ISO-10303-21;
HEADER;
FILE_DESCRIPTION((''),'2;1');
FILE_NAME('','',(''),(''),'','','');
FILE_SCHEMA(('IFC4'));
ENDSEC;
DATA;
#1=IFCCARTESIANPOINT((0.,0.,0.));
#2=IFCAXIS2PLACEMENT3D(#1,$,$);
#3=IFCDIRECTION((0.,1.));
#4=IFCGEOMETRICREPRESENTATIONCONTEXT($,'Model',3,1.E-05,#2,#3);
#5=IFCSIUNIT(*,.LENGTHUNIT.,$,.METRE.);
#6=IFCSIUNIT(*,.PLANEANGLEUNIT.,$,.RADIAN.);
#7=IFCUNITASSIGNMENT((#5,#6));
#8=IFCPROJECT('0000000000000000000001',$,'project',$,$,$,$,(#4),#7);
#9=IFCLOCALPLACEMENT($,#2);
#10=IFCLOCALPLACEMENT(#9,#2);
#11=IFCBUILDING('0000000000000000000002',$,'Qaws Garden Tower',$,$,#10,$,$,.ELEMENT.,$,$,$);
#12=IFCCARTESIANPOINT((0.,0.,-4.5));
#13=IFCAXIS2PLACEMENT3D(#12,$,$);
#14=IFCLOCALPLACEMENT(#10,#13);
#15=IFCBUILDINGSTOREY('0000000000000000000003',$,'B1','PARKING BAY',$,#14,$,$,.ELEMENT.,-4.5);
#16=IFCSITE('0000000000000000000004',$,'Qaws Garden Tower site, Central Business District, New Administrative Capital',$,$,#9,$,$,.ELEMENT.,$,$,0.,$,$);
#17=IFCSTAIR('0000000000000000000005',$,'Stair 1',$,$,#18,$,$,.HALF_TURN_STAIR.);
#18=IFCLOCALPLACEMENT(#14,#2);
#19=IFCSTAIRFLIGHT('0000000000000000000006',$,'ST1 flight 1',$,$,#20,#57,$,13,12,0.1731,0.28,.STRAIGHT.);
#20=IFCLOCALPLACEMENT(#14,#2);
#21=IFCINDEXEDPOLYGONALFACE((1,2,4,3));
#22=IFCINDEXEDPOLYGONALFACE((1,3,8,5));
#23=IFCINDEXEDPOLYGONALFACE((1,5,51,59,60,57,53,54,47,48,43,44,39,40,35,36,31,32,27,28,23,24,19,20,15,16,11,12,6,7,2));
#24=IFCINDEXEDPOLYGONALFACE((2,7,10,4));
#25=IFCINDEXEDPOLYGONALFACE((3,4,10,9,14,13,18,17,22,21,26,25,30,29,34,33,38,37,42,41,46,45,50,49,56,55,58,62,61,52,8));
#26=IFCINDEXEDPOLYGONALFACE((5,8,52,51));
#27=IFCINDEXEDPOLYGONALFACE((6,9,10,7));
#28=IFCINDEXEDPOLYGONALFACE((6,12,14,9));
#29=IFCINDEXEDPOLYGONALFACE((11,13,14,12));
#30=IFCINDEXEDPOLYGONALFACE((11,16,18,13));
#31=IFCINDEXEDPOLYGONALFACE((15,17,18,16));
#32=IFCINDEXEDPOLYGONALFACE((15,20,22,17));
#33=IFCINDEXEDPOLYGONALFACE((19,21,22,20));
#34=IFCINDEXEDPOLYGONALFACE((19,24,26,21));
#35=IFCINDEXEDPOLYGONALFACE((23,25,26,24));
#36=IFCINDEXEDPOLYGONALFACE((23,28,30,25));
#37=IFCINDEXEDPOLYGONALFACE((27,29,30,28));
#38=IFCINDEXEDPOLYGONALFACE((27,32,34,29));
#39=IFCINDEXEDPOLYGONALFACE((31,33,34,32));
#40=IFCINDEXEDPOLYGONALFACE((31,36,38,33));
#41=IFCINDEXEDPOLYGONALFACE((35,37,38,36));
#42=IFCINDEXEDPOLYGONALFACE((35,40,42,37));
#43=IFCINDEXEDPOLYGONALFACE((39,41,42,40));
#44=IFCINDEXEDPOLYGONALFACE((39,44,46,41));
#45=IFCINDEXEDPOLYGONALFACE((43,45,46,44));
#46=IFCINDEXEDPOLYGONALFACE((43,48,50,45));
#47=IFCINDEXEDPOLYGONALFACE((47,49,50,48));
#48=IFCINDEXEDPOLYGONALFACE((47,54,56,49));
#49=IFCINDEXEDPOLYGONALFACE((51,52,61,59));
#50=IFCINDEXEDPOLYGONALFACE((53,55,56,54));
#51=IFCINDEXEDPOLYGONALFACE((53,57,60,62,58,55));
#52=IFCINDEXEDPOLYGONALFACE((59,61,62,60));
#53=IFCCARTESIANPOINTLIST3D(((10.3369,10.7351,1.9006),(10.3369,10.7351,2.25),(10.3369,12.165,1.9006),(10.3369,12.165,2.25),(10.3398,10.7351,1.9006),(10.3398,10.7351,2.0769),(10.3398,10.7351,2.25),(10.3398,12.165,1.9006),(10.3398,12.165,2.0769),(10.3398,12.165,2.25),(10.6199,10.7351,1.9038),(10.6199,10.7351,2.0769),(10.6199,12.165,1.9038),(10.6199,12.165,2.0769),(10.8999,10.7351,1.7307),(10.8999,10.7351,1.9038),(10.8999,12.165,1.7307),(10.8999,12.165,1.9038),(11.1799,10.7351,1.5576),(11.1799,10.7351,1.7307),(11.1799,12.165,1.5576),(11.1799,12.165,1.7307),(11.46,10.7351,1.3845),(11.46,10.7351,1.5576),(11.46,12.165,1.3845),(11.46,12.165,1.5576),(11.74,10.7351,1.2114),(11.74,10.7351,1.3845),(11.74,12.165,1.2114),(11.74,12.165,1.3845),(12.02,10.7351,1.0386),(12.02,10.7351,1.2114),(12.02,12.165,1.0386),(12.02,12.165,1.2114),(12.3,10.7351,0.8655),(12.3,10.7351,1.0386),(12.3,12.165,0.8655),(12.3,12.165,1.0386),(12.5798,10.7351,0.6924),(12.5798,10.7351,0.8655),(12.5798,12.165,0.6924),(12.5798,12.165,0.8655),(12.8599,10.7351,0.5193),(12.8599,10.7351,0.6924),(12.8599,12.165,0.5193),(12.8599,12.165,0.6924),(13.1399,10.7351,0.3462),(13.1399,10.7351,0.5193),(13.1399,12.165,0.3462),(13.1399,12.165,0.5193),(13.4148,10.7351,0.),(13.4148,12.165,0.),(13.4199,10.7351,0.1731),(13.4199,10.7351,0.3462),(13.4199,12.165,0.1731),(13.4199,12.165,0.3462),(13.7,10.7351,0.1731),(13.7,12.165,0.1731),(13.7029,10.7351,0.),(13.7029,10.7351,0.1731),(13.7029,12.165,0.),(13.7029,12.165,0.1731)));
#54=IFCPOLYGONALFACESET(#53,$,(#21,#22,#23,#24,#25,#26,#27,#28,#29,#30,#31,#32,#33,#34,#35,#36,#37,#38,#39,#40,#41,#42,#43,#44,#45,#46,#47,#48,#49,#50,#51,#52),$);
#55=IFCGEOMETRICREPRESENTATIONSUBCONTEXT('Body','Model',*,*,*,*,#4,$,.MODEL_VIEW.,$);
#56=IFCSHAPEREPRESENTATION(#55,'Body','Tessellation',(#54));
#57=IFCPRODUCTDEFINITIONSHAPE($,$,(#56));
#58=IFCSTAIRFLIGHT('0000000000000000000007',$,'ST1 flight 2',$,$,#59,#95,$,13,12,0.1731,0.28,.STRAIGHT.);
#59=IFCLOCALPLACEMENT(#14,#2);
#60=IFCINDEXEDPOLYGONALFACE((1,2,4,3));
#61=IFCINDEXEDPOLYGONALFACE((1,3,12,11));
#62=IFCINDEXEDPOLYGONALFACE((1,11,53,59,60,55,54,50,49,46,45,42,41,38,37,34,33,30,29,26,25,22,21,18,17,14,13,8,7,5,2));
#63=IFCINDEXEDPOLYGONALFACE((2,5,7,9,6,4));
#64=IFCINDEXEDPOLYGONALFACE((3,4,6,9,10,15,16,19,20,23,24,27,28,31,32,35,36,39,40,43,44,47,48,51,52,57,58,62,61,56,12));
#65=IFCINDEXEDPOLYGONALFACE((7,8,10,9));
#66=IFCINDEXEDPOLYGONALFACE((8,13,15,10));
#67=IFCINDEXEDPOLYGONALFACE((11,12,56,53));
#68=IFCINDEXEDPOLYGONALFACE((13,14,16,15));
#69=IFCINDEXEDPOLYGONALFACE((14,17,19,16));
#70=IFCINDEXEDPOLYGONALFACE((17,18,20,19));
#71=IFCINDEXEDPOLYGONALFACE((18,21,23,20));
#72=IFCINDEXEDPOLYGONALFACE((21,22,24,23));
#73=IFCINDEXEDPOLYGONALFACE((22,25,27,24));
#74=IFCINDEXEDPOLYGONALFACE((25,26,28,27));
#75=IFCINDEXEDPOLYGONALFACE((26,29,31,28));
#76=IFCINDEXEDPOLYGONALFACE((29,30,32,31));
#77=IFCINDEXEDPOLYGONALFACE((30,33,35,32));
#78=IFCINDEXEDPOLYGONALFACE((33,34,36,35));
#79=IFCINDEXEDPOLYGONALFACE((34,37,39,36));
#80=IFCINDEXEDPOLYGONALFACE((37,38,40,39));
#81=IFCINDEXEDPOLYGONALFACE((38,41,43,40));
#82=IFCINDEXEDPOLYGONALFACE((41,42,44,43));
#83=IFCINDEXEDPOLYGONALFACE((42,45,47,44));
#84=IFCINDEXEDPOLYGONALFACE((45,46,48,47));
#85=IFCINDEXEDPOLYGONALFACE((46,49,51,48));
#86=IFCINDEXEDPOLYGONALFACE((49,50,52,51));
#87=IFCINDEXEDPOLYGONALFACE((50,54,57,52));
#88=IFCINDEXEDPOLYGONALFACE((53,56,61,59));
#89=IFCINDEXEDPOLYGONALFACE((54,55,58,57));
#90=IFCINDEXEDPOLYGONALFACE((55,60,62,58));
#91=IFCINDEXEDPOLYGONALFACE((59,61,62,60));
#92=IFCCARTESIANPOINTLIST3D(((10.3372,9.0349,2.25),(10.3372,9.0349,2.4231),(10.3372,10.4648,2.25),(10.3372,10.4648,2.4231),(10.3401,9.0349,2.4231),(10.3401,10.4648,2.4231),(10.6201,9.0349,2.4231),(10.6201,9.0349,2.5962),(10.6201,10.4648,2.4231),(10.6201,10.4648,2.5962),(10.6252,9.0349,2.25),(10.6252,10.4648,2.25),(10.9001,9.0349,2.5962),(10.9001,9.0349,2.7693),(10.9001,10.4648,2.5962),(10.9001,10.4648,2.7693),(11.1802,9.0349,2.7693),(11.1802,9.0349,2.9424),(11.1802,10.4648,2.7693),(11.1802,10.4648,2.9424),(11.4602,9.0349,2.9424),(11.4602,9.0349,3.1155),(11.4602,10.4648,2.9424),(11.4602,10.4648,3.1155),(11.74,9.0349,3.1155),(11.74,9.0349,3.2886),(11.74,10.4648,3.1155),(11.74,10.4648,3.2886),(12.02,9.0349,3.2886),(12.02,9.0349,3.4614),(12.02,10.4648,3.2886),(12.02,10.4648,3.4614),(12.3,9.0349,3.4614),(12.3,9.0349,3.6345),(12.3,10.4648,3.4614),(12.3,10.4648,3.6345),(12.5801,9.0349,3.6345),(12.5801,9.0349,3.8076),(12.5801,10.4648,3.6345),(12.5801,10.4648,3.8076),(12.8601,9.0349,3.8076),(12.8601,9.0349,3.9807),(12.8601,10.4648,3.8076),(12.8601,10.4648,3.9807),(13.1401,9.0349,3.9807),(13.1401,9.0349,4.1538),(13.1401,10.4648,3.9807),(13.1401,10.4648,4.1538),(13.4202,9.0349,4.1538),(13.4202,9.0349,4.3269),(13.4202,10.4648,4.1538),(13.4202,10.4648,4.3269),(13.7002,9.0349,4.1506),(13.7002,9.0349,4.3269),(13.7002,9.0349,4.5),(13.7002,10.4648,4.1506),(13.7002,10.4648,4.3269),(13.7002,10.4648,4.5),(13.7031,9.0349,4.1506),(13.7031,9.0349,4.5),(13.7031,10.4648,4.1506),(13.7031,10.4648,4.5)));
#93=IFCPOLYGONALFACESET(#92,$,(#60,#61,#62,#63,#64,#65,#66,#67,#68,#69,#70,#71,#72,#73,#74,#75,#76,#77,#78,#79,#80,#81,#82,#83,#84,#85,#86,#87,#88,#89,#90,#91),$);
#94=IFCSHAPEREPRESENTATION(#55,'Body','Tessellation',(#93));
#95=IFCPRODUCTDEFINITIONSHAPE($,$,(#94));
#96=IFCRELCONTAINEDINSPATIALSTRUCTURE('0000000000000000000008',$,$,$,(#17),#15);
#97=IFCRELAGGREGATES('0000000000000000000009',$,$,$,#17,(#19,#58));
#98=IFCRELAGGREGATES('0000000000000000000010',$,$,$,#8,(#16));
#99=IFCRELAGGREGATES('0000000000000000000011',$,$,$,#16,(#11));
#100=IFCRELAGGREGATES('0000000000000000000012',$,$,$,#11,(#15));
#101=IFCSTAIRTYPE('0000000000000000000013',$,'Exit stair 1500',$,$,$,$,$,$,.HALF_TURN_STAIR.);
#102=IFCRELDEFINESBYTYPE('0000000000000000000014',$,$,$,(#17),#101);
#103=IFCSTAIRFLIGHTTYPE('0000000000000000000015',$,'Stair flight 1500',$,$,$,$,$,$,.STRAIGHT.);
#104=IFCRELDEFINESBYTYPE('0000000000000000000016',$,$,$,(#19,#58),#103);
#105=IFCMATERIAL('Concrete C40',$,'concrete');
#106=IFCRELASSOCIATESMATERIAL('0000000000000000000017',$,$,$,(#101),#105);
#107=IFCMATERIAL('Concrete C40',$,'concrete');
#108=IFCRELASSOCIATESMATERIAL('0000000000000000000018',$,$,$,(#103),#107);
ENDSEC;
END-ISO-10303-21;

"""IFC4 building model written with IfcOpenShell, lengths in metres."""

from ifc_helpers import new_model, si_unit, direction, frame, origin, place, context, subcontext, project, spatial, polyline, outline, extrude, material, type_object, element, aggregate, save


model = new_model("IFC4")

# Units and contexts
model_context = context("Model", 3, precision=1e-05, world=origin(), true_north=direction((0.0, 1.0)))
body_context = subcontext(model_context, "Body", "Model", "MODEL_VIEW")
ifc_project = project(units=[si_unit("LENGTHUNIT", "METRE"), si_unit("PLANEANGLEUNIT", "RADIAN")], contexts=[model_context])

# Site, building, storey
site_placement = place(None, origin())
site = spatial("IfcSite", under=ifc_project, at=site_placement, Name="Qaws Garden Tower site, Central Business District, New Administrative Capital", CompositionType="ELEMENT", RefElevation=0.0)
building_placement = place(site_placement, origin())
building = spatial("IfcBuilding", under=site, at=building_placement, Name="Qaws Garden Tower", CompositionType="ELEMENT")
storey_placement = place(building_placement, frame((0.0, 0.0, -4.5)))
storey = spatial("IfcBuildingStorey", under=building, at=storey_placement, Name="B1", Description="PARKING BAY", CompositionType="ELEMENT", Elevation=-4.5)

# Stair, stair flights
ifc_material_1 = material(Name="Concrete C40", Category="concrete")
stair_type = type_object("IfcStairType", Name="Exit stair 1500", PredefinedType="HALF_TURN_STAIR", material=ifc_material_1)
stair_placement = place(storey_placement, origin())
stair = element("IfcStair", 1, at=stair_placement, inside=storey, type_object=stair_type, Name="Stair 1", PredefinedType="HALF_TURN_STAIR")
ifc_material_2 = material(Name="Concrete C40", Category="concrete")
stair_flight_type = type_object("IfcStairFlightType", Name="Stair flight 1500", PredefinedType="STRAIGHT", material=ifc_material_2)
stair_flight_1_placement = place(storey_placement, frame((13.7, 11.45, 0.0), z_axis=(0.0, 0.0, 1.0), x_axis=(-1.0, 0.0, 0.0)))
stair_flight_1 = element("IfcStairFlight", 2, at=stair_flight_1_placement, type_object=stair_flight_type, Name="ST1 flight 1", NumberOfRisers=13, NumberOfTreads=12, PredefinedType="STRAIGHT", RiserHeight=0.1731, TreadLength=0.28, context=body_context, shape_type="SweptSolid", body=[
    extrude(outline(polyline([(-0.0029, 0.0), (-0.0029, 0.1731), (0.0, 0.1731), (0.28, 0.1731), (0.28, 0.3462), (0.5601, 0.3462), (0.5601, 0.5193), (0.8401, 0.5193), (0.8401, 0.6924), (1.1201, 0.6924), (1.1201, 0.8655), (1.3999, 0.8655), (1.3999, 1.0386), (1.6799, 1.0386), (1.6799, 1.2114), (1.96, 1.2114), (1.96, 1.3845), (2.24, 1.3845), (2.24, 1.5576), (2.52, 1.5576), (2.52, 1.7307), (2.8, 1.7307), (2.8, 1.9038), (3.0801, 1.9038), (3.0801, 2.0769), (3.3601, 2.0769), (3.3601, 2.25), (3.363, 2.25), (3.363, 1.9006), (3.3601, 1.9006), (0.2852, 0.0), (-0.0029, 0.0)])), frame((0.0, 0.7148, 0.0), z_axis=(0.0, -1.0, 0.0), x_axis=(1.0, 0.0, 0.0)), (0.0, 0.0, 1.0), 1.4299),
])
stair_flight_2_placement = place(storey_placement, frame((10.3401, 9.75, 2.25), z_axis=(0.0, 0.0, 1.0), x_axis=(1.0, 0.0, 0.0)))
stair_flight_2 = element("IfcStairFlight", 3, at=stair_flight_2_placement, type_object=stair_flight_type, Name="ST1 flight 2", NumberOfRisers=13, NumberOfTreads=12, PredefinedType="STRAIGHT", RiserHeight=0.1731, TreadLength=0.28, context=body_context, shape_type="SweptSolid", body=[
    extrude(outline(polyline([(-0.0029, 0.0), (-0.0029, 0.1731), (0.0, 0.1731), (0.28, 0.1731), (0.28, 0.3462), (0.5601, 0.3462), (0.5601, 0.5193), (0.8401, 0.5193), (0.8401, 0.6924), (1.1201, 0.6924), (1.1201, 0.8655), (1.3999, 0.8655), (1.3999, 1.0386), (1.6799, 1.0386), (1.6799, 1.2114), (1.96, 1.2114), (1.96, 1.3845), (2.24, 1.3845), (2.24, 1.5576), (2.52, 1.5576), (2.52, 1.7307), (2.8, 1.7307), (2.8, 1.9038), (3.0801, 1.9038), (3.0801, 2.0769), (3.3601, 2.0769), (3.3601, 2.25), (3.363, 2.25), (3.363, 1.9006), (3.3601, 1.9006), (0.2852, 0.0), (-0.0029, 0.0)])), frame((0.0, 0.7148, 0.0), z_axis=(0.0, -1.0, 0.0), x_axis=(1.0, 0.0, 0.0)), (0.0, 0.0, 1.0), 1.4299),
])
aggregate(stair, [stair_flight_1, stair_flight_2])

save(model, "model.ifc")
